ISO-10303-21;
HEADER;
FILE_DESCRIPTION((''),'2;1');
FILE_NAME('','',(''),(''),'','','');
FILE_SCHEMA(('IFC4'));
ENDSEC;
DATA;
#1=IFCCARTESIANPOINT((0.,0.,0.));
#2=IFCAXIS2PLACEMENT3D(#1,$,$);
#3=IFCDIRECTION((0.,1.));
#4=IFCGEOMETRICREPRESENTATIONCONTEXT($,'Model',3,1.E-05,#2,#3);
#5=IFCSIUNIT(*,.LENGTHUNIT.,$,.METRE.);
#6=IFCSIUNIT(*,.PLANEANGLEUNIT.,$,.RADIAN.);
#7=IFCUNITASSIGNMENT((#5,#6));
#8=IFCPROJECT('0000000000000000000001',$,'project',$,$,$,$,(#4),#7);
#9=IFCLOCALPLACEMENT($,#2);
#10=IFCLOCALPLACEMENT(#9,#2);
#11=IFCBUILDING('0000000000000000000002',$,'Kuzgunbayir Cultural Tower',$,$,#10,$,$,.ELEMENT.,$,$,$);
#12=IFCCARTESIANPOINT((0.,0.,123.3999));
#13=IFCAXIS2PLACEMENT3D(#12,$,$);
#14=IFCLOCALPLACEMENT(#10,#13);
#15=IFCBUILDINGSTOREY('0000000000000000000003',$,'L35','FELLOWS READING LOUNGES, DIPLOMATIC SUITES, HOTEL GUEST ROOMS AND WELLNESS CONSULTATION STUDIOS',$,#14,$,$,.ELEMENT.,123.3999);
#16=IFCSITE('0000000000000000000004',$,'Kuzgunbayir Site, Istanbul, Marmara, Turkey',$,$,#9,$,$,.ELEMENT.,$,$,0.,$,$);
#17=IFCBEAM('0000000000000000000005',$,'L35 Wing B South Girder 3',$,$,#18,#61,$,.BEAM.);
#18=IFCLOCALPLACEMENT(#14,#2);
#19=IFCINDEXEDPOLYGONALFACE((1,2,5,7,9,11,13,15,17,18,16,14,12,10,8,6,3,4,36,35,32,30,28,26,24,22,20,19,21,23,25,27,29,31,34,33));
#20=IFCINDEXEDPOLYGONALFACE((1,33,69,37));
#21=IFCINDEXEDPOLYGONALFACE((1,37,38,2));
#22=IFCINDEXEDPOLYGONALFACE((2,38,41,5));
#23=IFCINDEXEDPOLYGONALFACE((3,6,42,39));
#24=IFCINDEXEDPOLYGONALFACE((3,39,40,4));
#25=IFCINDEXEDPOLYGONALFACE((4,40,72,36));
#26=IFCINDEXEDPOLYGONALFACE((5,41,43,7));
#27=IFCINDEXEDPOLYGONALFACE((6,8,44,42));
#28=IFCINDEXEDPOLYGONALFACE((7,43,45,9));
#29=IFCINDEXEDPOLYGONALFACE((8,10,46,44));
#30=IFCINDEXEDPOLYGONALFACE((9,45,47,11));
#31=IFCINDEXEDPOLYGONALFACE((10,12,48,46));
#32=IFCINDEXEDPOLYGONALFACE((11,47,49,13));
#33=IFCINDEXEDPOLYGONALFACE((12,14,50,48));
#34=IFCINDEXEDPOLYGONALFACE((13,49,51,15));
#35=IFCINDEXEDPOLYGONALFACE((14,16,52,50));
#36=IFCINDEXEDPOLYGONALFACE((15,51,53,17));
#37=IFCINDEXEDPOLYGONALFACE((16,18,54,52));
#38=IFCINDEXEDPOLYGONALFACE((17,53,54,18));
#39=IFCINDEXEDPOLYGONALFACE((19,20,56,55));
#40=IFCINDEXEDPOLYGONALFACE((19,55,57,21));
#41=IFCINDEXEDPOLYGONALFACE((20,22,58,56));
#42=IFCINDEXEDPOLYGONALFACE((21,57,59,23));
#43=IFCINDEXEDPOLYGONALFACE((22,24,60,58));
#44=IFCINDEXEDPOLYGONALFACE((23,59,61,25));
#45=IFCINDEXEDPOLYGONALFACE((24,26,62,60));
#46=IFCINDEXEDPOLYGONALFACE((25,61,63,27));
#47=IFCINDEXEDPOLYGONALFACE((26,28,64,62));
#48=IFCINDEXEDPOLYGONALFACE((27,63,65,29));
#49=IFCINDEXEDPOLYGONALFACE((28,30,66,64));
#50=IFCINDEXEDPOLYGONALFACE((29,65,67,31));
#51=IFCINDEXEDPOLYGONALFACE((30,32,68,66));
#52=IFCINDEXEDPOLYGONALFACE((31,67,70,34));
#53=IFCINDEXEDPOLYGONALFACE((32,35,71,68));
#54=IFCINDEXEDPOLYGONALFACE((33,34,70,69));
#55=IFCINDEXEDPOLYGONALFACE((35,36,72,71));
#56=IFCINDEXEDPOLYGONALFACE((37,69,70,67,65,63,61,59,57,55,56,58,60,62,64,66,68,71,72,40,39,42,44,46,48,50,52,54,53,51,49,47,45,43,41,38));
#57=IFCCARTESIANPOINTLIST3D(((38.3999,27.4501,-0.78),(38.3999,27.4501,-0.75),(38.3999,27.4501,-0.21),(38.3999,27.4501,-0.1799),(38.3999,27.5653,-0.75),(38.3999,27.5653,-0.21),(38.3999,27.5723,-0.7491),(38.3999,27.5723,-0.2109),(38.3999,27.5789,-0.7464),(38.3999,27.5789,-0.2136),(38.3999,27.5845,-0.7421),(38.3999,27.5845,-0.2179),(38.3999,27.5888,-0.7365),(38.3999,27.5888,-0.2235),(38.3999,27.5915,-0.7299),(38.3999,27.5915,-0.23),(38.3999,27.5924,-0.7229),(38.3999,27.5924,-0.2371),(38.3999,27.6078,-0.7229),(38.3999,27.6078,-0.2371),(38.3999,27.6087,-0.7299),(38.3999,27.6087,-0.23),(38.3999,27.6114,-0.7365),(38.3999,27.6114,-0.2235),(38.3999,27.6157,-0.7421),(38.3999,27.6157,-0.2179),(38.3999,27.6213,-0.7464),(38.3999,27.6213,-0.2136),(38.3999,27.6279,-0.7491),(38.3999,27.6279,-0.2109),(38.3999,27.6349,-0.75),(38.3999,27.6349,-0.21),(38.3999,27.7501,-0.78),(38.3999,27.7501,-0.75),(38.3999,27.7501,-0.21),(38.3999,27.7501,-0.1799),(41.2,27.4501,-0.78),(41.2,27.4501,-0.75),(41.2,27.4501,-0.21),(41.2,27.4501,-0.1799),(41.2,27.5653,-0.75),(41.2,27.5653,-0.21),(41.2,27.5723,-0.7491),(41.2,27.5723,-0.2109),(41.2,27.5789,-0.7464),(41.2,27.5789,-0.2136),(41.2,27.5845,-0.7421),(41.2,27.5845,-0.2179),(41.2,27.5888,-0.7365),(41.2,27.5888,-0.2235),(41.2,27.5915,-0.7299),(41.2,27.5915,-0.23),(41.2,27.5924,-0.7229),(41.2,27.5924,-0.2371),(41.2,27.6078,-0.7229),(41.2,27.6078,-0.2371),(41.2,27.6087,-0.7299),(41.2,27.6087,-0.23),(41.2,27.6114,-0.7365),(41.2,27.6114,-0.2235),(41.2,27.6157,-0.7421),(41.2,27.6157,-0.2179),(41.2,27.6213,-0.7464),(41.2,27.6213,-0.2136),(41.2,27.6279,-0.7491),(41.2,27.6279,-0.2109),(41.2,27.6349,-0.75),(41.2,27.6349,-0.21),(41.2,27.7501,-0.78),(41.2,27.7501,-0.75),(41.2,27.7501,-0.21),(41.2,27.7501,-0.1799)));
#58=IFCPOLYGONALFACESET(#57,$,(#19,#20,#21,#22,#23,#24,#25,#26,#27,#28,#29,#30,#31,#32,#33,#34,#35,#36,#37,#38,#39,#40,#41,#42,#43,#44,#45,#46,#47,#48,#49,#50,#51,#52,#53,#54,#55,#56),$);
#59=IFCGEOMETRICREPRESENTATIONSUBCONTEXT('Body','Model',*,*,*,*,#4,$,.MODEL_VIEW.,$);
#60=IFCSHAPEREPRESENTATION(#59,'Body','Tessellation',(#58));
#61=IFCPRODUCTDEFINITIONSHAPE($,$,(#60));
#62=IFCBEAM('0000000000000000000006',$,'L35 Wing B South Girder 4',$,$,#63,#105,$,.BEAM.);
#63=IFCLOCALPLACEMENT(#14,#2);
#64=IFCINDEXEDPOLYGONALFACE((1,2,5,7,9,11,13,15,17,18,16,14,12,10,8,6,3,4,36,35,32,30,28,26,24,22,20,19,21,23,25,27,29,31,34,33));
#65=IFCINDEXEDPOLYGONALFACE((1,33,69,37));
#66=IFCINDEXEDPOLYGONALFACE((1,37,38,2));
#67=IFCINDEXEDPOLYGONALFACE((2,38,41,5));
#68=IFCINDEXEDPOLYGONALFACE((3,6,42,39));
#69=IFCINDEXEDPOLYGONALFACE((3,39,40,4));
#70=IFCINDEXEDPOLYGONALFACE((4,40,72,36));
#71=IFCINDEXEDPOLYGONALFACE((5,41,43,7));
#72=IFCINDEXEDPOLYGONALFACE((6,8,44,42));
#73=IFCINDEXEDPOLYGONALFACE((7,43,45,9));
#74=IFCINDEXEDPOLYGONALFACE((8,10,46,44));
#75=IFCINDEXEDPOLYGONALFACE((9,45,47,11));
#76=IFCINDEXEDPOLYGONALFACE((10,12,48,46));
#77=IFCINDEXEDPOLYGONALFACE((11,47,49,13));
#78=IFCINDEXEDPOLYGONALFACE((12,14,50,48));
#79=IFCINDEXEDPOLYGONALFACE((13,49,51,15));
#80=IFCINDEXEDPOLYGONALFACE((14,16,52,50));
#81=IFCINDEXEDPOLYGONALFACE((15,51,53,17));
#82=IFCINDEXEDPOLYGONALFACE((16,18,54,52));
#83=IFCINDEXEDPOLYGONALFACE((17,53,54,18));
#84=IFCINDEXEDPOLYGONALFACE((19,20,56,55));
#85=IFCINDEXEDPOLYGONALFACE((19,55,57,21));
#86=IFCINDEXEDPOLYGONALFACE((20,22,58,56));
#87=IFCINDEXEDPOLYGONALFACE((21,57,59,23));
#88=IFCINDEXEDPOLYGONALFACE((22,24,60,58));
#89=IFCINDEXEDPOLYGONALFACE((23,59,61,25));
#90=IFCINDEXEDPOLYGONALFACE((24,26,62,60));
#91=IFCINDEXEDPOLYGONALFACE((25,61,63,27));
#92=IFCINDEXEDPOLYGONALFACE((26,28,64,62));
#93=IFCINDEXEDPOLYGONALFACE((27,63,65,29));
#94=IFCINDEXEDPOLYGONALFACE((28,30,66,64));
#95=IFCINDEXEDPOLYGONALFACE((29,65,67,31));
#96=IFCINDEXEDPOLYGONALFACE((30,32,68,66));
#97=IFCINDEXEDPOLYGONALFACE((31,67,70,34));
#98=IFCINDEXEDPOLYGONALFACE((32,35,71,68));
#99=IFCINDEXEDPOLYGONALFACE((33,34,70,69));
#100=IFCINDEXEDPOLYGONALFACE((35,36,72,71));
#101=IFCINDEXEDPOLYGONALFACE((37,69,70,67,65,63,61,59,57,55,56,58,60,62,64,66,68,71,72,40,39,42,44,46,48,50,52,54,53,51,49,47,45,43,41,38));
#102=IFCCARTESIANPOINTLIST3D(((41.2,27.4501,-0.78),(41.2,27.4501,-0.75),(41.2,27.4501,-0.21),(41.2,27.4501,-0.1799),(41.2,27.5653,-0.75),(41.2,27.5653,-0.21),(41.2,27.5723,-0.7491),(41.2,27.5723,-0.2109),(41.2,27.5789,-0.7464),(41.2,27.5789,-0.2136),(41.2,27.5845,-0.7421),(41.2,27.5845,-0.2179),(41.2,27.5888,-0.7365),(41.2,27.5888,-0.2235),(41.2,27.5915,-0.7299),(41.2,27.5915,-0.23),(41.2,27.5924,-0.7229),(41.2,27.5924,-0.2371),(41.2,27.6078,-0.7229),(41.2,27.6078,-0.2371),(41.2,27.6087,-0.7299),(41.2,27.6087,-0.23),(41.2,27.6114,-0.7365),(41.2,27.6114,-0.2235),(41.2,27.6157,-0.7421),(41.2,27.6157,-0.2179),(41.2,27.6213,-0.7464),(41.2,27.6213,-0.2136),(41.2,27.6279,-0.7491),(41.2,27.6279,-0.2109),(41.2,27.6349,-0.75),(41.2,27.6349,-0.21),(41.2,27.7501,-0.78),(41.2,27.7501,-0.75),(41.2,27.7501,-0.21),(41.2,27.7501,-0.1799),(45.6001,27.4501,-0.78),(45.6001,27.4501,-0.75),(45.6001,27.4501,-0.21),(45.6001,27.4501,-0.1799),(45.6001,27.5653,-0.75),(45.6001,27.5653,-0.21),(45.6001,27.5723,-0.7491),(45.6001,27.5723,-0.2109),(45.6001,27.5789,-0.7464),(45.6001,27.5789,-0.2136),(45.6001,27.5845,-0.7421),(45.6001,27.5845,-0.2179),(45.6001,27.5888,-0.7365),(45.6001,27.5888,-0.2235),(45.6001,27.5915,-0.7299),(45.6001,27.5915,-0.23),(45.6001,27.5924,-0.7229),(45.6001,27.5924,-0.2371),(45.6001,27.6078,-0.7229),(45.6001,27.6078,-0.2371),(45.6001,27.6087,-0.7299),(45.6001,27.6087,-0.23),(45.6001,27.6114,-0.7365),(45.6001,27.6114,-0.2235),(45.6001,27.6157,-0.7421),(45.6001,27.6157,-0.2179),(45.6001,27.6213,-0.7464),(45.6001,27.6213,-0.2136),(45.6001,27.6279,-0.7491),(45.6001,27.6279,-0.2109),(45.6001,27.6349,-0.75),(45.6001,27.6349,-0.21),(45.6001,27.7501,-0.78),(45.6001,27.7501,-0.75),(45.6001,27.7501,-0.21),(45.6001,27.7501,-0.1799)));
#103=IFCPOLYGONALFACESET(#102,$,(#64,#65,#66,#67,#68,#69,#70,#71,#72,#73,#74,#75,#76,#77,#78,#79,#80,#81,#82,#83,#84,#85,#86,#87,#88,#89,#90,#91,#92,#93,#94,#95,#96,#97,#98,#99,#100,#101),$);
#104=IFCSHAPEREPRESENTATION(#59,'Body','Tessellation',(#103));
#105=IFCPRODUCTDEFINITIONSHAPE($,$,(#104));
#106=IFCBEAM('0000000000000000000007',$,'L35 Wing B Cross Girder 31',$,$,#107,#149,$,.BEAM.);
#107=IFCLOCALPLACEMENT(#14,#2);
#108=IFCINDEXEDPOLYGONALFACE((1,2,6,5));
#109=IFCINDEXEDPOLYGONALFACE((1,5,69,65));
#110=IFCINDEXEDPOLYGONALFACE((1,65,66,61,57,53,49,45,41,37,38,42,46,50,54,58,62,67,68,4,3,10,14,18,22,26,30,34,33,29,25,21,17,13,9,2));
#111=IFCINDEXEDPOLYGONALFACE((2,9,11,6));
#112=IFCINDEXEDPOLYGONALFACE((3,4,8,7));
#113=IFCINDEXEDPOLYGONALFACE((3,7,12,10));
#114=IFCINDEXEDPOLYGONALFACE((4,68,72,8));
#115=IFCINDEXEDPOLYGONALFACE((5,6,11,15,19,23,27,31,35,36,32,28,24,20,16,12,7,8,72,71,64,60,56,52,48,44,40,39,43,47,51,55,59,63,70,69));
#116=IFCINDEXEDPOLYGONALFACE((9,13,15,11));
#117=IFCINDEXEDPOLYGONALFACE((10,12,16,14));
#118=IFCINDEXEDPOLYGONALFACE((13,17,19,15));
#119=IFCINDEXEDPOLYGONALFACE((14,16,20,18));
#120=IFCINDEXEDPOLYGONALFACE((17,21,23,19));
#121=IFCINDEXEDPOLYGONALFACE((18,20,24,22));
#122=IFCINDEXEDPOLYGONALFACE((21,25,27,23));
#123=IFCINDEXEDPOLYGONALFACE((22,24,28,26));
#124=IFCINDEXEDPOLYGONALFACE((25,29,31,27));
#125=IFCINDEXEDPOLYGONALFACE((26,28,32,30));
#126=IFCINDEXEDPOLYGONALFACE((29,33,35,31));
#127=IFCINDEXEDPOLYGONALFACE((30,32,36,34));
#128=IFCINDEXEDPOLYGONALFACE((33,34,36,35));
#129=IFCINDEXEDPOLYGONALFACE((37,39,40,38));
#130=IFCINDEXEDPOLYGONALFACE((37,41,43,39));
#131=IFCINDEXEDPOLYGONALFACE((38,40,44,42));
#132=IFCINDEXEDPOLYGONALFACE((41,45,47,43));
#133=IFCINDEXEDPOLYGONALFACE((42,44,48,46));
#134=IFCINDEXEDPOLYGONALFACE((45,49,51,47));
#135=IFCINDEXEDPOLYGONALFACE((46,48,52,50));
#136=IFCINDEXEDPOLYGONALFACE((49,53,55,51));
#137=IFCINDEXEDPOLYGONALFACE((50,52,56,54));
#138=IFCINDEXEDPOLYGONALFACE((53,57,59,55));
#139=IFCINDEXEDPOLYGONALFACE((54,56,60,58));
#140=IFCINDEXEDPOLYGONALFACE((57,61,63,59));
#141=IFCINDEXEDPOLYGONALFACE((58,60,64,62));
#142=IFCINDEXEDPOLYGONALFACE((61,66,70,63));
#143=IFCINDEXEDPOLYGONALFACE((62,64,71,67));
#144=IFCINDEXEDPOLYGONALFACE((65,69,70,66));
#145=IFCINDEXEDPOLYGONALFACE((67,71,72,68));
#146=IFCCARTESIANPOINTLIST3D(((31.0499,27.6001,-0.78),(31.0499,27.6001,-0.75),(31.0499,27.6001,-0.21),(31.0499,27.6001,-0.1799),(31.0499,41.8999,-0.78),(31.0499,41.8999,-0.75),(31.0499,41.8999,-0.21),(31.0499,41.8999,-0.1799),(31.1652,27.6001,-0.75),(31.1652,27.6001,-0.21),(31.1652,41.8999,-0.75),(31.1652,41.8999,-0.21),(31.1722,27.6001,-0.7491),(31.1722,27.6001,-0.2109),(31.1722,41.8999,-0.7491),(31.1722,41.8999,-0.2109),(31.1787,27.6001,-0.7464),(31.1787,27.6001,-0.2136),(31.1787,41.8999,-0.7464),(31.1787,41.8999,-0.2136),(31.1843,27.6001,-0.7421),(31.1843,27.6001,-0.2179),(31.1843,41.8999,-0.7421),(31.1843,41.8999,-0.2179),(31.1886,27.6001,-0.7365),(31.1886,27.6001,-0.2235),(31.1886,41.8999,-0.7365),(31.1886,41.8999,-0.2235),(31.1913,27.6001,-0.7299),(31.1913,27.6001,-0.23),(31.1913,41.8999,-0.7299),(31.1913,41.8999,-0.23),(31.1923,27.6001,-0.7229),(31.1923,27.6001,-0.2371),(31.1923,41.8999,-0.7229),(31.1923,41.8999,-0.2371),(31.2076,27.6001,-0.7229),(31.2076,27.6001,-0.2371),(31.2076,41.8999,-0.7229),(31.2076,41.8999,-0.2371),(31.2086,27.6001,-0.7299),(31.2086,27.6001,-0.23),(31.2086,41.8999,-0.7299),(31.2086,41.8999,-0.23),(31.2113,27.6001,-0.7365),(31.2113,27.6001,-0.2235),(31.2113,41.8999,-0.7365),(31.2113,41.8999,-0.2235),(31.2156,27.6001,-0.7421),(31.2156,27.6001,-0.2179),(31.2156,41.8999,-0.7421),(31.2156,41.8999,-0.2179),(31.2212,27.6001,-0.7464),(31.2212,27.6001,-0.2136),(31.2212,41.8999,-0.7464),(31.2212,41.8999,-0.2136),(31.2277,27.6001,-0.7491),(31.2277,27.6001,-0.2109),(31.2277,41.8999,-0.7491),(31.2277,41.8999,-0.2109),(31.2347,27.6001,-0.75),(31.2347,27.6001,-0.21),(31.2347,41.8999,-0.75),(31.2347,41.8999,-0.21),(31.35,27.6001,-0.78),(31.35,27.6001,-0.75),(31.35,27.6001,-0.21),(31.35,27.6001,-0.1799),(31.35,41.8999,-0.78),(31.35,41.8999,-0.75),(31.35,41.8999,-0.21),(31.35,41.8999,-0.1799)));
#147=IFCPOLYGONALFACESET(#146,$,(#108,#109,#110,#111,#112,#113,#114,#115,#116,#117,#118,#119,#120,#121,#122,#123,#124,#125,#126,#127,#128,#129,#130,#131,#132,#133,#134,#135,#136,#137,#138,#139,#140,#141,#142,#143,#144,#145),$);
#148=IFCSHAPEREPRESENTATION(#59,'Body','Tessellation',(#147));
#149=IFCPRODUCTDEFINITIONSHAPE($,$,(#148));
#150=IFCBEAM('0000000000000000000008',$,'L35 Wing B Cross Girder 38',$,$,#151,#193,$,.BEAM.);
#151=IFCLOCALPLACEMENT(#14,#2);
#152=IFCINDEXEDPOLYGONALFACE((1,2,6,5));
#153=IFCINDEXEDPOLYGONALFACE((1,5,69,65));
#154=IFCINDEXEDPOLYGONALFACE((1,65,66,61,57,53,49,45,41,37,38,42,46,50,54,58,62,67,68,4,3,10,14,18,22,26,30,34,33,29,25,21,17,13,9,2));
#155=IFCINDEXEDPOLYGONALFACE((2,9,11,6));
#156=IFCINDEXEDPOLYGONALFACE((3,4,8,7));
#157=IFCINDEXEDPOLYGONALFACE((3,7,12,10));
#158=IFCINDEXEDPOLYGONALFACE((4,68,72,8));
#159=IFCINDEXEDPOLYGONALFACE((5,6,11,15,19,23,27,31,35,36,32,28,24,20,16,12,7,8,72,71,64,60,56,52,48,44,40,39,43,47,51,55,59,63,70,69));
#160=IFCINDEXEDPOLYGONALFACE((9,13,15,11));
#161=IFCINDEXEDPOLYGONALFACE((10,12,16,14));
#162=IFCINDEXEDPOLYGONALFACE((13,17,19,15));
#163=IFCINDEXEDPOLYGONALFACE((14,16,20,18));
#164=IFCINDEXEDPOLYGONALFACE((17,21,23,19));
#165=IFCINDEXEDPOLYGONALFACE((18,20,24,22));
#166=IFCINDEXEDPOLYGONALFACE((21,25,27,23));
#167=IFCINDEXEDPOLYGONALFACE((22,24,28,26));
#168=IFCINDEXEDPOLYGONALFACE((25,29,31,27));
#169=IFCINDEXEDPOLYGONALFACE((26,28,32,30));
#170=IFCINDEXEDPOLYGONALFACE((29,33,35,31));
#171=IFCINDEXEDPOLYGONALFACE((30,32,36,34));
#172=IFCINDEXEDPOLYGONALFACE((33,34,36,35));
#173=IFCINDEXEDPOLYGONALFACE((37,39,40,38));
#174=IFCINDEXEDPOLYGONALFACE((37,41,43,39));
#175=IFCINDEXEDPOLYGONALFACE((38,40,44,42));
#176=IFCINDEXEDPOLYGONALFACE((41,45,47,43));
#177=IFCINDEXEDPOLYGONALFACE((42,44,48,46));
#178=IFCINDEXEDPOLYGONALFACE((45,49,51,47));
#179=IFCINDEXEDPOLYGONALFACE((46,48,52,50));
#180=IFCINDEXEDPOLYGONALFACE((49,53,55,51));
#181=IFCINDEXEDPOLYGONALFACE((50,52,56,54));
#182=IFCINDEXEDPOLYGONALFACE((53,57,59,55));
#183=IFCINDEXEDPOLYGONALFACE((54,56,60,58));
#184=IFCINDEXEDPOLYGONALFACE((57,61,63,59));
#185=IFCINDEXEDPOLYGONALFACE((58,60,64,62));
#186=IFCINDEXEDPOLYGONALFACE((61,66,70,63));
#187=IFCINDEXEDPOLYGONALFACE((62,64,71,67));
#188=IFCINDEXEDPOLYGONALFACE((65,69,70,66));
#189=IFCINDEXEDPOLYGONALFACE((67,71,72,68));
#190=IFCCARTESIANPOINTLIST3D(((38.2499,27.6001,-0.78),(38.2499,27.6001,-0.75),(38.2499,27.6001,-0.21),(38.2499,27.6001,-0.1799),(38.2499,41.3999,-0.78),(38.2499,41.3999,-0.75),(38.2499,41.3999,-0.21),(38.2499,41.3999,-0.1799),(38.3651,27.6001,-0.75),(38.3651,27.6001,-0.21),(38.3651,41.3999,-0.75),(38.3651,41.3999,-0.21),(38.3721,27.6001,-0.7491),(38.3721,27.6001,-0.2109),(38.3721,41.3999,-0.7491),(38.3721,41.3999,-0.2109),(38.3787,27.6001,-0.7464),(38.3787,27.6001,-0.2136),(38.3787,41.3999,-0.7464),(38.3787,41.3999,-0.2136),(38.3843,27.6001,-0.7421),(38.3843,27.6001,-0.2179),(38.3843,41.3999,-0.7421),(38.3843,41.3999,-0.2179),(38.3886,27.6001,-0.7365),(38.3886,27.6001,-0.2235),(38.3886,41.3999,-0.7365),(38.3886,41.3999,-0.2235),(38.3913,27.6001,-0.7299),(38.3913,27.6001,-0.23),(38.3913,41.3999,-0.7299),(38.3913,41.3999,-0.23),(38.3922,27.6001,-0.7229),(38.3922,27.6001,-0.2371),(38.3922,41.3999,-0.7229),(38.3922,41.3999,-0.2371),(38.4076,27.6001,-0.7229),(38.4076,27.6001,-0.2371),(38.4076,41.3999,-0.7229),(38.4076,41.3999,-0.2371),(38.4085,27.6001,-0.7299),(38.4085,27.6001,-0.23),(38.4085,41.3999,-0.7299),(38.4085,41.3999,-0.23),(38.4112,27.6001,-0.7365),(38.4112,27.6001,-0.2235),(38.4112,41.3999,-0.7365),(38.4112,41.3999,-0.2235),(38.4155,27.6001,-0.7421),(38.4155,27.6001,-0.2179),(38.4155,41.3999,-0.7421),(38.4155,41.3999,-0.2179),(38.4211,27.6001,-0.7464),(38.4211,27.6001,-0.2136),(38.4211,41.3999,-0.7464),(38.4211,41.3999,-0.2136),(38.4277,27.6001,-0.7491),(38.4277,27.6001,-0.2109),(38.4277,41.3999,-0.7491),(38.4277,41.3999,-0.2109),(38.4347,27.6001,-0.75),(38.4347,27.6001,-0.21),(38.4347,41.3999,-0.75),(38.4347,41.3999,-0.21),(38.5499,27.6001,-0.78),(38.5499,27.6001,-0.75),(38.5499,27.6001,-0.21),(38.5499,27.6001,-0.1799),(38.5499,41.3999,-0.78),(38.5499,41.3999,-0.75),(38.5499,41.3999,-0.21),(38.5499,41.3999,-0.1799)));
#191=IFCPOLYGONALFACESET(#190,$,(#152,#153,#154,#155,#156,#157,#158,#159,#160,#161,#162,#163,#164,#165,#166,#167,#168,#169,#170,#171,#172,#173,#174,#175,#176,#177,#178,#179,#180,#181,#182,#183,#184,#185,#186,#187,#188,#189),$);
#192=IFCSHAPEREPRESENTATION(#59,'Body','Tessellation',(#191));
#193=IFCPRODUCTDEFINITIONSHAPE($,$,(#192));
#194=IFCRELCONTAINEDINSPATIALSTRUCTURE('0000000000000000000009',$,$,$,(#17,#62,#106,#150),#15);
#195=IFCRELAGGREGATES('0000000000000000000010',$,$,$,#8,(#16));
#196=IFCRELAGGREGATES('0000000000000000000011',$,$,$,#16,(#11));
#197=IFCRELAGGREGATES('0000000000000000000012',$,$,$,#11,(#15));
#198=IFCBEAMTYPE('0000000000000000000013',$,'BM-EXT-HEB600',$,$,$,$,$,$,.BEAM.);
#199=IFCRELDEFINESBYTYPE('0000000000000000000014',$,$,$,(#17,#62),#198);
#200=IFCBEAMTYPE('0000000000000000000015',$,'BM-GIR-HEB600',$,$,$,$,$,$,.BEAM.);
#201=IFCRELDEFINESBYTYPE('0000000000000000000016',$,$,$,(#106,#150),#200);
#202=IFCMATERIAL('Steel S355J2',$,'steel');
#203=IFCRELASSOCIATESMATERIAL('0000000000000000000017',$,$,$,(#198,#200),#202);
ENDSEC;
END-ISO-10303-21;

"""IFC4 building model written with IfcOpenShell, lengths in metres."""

from ifc_helpers import new_model, si_unit, direction, frame, origin, origin_2d, place, context, subcontext, project, spatial, i_section, extrude, material, material_profile, profile_set, type_object, element, save


model = new_model("IFC4")

# Units and contexts
model_context = context("Model", 3, precision=1e-05, world=origin(), true_north=direction((0.0, 1.0)))
body_context = subcontext(model_context, "Body", "Model", "MODEL_VIEW")
ifc_project = project(units=[si_unit("LENGTHUNIT", "METRE"), si_unit("PLANEANGLEUNIT", "RADIAN")], contexts=[model_context])

# Site, building, storey
site_placement = place(None, origin())
site = spatial("IfcSite", under=ifc_project, at=site_placement, Name="Kuzgunbayir Site, Istanbul, Marmara, Turkey", CompositionType="ELEMENT", RefElevation=0.0)
building_placement = place(site_placement, origin())
building = spatial("IfcBuilding", under=site, at=building_placement, Name="Kuzgunbayir Cultural Tower", CompositionType="ELEMENT")
storey_placement = place(building_placement, frame((0.0, 0.0, 123.3999)))
storey = spatial("IfcBuildingStorey", under=building, at=storey_placement, Name="L35", Description="FELLOWS READING LOUNGES, DIPLOMATIC SUITES, HOTEL GUEST ROOMS AND WELLNESS CONSULTATION STUDIOS", CompositionType="ELEMENT", Elevation=123.3999)

# Beams
ifc_material_1 = material(Name="Steel S355J2", Category="steel")
ifc_material_profile_1 = material_profile(ifc_material_1, i_section(OverallWidth=0.3, OverallDepth=0.6001, WebThickness=0.0154, FlangeThickness=0.03, FilletRadius=0.0271, at=origin_2d()), Name="HEB 600")
ifc_profile_set_1 = profile_set([ifc_material_profile_1], Name="Steel S355J2")
beam_type_1 = type_object("IfcBeamType", Name="BM-EXT-HEB600", PredefinedType="BEAM", material=ifc_profile_set_1)
beam_1_placement = place(storey_placement, frame((38.3999, 27.6001, -0.48), z_axis=(1.0, 0.0, 0.0), x_axis=(0.0, 1.0, 0.0)))
element("IfcBeam", 1, at=beam_1_placement, inside=storey, type_object=beam_type_1, Name="L35 Wing B South Girder 3", PredefinedType="BEAM", context=body_context, shape_type="SweptSolid", body=[
    extrude(i_section(OverallWidth=0.3, OverallDepth=0.6001, WebThickness=0.0154, FlangeThickness=0.03, FilletRadius=0.0271, at=origin_2d()), origin(), (0.0, 0.0, 1.0), 2.8),
])
beam_2_placement = place(storey_placement, frame((41.2, 27.6001, -0.48), z_axis=(1.0, 0.0, 0.0), x_axis=(0.0, 1.0, 0.0)))
element("IfcBeam", 2, at=beam_2_placement, inside=storey, type_object=beam_type_1, Name="L35 Wing B South Girder 4", PredefinedType="BEAM", context=body_context, shape_type="SweptSolid", body=[
    extrude(i_section(OverallWidth=0.3, OverallDepth=0.6001, WebThickness=0.0154, FlangeThickness=0.03, FilletRadius=0.0271, at=origin_2d()), origin(), (0.0, 0.0, 1.0), 4.4001),
])
ifc_material_profile_2 = material_profile(ifc_material_1, i_section(OverallWidth=0.3, OverallDepth=0.6001, WebThickness=0.0154, FlangeThickness=0.03, FilletRadius=0.0271, at=origin_2d()), Name="HEB 600")
ifc_profile_set_2 = profile_set([ifc_material_profile_2], Name="Steel S355J2")
beam_type_2 = type_object("IfcBeamType", Name="BM-GIR-HEB600", PredefinedType="BEAM", material=ifc_profile_set_2)
beam_3_placement = place(storey_placement, frame((31.2, 27.6001, -0.48), z_axis=(0.0, 1.0, 0.0), x_axis=(-1.0, 0.0, 0.0)))
element("IfcBeam", 3, at=beam_3_placement, inside=storey, type_object=beam_type_2, Name="L35 Wing B Cross Girder 31", PredefinedType="BEAM", context=body_context, shape_type="SweptSolid", body=[
    extrude(i_section(OverallWidth=0.3, OverallDepth=0.6001, WebThickness=0.0154, FlangeThickness=0.03, FilletRadius=0.0271, at=origin_2d()), origin(), (0.0, 0.0, 1.0), 14.2998),
])
beam_4_placement = place(storey_placement, frame((38.3999, 27.6001, -0.48), z_axis=(0.0, 1.0, 0.0), x_axis=(-1.0, 0.0, 0.0)))
element("IfcBeam", 4, at=beam_4_placement, inside=storey, type_object=beam_type_2, Name="L35 Wing B Cross Girder 38", PredefinedType="BEAM", context=body_context, shape_type="SweptSolid", body=[
    extrude(i_section(OverallWidth=0.3, OverallDepth=0.6001, WebThickness=0.0154, FlangeThickness=0.03, FilletRadius=0.0271, at=origin_2d()), origin(), (0.0, 0.0, 1.0), 13.7998),
])

save(model, "model.ifc")
